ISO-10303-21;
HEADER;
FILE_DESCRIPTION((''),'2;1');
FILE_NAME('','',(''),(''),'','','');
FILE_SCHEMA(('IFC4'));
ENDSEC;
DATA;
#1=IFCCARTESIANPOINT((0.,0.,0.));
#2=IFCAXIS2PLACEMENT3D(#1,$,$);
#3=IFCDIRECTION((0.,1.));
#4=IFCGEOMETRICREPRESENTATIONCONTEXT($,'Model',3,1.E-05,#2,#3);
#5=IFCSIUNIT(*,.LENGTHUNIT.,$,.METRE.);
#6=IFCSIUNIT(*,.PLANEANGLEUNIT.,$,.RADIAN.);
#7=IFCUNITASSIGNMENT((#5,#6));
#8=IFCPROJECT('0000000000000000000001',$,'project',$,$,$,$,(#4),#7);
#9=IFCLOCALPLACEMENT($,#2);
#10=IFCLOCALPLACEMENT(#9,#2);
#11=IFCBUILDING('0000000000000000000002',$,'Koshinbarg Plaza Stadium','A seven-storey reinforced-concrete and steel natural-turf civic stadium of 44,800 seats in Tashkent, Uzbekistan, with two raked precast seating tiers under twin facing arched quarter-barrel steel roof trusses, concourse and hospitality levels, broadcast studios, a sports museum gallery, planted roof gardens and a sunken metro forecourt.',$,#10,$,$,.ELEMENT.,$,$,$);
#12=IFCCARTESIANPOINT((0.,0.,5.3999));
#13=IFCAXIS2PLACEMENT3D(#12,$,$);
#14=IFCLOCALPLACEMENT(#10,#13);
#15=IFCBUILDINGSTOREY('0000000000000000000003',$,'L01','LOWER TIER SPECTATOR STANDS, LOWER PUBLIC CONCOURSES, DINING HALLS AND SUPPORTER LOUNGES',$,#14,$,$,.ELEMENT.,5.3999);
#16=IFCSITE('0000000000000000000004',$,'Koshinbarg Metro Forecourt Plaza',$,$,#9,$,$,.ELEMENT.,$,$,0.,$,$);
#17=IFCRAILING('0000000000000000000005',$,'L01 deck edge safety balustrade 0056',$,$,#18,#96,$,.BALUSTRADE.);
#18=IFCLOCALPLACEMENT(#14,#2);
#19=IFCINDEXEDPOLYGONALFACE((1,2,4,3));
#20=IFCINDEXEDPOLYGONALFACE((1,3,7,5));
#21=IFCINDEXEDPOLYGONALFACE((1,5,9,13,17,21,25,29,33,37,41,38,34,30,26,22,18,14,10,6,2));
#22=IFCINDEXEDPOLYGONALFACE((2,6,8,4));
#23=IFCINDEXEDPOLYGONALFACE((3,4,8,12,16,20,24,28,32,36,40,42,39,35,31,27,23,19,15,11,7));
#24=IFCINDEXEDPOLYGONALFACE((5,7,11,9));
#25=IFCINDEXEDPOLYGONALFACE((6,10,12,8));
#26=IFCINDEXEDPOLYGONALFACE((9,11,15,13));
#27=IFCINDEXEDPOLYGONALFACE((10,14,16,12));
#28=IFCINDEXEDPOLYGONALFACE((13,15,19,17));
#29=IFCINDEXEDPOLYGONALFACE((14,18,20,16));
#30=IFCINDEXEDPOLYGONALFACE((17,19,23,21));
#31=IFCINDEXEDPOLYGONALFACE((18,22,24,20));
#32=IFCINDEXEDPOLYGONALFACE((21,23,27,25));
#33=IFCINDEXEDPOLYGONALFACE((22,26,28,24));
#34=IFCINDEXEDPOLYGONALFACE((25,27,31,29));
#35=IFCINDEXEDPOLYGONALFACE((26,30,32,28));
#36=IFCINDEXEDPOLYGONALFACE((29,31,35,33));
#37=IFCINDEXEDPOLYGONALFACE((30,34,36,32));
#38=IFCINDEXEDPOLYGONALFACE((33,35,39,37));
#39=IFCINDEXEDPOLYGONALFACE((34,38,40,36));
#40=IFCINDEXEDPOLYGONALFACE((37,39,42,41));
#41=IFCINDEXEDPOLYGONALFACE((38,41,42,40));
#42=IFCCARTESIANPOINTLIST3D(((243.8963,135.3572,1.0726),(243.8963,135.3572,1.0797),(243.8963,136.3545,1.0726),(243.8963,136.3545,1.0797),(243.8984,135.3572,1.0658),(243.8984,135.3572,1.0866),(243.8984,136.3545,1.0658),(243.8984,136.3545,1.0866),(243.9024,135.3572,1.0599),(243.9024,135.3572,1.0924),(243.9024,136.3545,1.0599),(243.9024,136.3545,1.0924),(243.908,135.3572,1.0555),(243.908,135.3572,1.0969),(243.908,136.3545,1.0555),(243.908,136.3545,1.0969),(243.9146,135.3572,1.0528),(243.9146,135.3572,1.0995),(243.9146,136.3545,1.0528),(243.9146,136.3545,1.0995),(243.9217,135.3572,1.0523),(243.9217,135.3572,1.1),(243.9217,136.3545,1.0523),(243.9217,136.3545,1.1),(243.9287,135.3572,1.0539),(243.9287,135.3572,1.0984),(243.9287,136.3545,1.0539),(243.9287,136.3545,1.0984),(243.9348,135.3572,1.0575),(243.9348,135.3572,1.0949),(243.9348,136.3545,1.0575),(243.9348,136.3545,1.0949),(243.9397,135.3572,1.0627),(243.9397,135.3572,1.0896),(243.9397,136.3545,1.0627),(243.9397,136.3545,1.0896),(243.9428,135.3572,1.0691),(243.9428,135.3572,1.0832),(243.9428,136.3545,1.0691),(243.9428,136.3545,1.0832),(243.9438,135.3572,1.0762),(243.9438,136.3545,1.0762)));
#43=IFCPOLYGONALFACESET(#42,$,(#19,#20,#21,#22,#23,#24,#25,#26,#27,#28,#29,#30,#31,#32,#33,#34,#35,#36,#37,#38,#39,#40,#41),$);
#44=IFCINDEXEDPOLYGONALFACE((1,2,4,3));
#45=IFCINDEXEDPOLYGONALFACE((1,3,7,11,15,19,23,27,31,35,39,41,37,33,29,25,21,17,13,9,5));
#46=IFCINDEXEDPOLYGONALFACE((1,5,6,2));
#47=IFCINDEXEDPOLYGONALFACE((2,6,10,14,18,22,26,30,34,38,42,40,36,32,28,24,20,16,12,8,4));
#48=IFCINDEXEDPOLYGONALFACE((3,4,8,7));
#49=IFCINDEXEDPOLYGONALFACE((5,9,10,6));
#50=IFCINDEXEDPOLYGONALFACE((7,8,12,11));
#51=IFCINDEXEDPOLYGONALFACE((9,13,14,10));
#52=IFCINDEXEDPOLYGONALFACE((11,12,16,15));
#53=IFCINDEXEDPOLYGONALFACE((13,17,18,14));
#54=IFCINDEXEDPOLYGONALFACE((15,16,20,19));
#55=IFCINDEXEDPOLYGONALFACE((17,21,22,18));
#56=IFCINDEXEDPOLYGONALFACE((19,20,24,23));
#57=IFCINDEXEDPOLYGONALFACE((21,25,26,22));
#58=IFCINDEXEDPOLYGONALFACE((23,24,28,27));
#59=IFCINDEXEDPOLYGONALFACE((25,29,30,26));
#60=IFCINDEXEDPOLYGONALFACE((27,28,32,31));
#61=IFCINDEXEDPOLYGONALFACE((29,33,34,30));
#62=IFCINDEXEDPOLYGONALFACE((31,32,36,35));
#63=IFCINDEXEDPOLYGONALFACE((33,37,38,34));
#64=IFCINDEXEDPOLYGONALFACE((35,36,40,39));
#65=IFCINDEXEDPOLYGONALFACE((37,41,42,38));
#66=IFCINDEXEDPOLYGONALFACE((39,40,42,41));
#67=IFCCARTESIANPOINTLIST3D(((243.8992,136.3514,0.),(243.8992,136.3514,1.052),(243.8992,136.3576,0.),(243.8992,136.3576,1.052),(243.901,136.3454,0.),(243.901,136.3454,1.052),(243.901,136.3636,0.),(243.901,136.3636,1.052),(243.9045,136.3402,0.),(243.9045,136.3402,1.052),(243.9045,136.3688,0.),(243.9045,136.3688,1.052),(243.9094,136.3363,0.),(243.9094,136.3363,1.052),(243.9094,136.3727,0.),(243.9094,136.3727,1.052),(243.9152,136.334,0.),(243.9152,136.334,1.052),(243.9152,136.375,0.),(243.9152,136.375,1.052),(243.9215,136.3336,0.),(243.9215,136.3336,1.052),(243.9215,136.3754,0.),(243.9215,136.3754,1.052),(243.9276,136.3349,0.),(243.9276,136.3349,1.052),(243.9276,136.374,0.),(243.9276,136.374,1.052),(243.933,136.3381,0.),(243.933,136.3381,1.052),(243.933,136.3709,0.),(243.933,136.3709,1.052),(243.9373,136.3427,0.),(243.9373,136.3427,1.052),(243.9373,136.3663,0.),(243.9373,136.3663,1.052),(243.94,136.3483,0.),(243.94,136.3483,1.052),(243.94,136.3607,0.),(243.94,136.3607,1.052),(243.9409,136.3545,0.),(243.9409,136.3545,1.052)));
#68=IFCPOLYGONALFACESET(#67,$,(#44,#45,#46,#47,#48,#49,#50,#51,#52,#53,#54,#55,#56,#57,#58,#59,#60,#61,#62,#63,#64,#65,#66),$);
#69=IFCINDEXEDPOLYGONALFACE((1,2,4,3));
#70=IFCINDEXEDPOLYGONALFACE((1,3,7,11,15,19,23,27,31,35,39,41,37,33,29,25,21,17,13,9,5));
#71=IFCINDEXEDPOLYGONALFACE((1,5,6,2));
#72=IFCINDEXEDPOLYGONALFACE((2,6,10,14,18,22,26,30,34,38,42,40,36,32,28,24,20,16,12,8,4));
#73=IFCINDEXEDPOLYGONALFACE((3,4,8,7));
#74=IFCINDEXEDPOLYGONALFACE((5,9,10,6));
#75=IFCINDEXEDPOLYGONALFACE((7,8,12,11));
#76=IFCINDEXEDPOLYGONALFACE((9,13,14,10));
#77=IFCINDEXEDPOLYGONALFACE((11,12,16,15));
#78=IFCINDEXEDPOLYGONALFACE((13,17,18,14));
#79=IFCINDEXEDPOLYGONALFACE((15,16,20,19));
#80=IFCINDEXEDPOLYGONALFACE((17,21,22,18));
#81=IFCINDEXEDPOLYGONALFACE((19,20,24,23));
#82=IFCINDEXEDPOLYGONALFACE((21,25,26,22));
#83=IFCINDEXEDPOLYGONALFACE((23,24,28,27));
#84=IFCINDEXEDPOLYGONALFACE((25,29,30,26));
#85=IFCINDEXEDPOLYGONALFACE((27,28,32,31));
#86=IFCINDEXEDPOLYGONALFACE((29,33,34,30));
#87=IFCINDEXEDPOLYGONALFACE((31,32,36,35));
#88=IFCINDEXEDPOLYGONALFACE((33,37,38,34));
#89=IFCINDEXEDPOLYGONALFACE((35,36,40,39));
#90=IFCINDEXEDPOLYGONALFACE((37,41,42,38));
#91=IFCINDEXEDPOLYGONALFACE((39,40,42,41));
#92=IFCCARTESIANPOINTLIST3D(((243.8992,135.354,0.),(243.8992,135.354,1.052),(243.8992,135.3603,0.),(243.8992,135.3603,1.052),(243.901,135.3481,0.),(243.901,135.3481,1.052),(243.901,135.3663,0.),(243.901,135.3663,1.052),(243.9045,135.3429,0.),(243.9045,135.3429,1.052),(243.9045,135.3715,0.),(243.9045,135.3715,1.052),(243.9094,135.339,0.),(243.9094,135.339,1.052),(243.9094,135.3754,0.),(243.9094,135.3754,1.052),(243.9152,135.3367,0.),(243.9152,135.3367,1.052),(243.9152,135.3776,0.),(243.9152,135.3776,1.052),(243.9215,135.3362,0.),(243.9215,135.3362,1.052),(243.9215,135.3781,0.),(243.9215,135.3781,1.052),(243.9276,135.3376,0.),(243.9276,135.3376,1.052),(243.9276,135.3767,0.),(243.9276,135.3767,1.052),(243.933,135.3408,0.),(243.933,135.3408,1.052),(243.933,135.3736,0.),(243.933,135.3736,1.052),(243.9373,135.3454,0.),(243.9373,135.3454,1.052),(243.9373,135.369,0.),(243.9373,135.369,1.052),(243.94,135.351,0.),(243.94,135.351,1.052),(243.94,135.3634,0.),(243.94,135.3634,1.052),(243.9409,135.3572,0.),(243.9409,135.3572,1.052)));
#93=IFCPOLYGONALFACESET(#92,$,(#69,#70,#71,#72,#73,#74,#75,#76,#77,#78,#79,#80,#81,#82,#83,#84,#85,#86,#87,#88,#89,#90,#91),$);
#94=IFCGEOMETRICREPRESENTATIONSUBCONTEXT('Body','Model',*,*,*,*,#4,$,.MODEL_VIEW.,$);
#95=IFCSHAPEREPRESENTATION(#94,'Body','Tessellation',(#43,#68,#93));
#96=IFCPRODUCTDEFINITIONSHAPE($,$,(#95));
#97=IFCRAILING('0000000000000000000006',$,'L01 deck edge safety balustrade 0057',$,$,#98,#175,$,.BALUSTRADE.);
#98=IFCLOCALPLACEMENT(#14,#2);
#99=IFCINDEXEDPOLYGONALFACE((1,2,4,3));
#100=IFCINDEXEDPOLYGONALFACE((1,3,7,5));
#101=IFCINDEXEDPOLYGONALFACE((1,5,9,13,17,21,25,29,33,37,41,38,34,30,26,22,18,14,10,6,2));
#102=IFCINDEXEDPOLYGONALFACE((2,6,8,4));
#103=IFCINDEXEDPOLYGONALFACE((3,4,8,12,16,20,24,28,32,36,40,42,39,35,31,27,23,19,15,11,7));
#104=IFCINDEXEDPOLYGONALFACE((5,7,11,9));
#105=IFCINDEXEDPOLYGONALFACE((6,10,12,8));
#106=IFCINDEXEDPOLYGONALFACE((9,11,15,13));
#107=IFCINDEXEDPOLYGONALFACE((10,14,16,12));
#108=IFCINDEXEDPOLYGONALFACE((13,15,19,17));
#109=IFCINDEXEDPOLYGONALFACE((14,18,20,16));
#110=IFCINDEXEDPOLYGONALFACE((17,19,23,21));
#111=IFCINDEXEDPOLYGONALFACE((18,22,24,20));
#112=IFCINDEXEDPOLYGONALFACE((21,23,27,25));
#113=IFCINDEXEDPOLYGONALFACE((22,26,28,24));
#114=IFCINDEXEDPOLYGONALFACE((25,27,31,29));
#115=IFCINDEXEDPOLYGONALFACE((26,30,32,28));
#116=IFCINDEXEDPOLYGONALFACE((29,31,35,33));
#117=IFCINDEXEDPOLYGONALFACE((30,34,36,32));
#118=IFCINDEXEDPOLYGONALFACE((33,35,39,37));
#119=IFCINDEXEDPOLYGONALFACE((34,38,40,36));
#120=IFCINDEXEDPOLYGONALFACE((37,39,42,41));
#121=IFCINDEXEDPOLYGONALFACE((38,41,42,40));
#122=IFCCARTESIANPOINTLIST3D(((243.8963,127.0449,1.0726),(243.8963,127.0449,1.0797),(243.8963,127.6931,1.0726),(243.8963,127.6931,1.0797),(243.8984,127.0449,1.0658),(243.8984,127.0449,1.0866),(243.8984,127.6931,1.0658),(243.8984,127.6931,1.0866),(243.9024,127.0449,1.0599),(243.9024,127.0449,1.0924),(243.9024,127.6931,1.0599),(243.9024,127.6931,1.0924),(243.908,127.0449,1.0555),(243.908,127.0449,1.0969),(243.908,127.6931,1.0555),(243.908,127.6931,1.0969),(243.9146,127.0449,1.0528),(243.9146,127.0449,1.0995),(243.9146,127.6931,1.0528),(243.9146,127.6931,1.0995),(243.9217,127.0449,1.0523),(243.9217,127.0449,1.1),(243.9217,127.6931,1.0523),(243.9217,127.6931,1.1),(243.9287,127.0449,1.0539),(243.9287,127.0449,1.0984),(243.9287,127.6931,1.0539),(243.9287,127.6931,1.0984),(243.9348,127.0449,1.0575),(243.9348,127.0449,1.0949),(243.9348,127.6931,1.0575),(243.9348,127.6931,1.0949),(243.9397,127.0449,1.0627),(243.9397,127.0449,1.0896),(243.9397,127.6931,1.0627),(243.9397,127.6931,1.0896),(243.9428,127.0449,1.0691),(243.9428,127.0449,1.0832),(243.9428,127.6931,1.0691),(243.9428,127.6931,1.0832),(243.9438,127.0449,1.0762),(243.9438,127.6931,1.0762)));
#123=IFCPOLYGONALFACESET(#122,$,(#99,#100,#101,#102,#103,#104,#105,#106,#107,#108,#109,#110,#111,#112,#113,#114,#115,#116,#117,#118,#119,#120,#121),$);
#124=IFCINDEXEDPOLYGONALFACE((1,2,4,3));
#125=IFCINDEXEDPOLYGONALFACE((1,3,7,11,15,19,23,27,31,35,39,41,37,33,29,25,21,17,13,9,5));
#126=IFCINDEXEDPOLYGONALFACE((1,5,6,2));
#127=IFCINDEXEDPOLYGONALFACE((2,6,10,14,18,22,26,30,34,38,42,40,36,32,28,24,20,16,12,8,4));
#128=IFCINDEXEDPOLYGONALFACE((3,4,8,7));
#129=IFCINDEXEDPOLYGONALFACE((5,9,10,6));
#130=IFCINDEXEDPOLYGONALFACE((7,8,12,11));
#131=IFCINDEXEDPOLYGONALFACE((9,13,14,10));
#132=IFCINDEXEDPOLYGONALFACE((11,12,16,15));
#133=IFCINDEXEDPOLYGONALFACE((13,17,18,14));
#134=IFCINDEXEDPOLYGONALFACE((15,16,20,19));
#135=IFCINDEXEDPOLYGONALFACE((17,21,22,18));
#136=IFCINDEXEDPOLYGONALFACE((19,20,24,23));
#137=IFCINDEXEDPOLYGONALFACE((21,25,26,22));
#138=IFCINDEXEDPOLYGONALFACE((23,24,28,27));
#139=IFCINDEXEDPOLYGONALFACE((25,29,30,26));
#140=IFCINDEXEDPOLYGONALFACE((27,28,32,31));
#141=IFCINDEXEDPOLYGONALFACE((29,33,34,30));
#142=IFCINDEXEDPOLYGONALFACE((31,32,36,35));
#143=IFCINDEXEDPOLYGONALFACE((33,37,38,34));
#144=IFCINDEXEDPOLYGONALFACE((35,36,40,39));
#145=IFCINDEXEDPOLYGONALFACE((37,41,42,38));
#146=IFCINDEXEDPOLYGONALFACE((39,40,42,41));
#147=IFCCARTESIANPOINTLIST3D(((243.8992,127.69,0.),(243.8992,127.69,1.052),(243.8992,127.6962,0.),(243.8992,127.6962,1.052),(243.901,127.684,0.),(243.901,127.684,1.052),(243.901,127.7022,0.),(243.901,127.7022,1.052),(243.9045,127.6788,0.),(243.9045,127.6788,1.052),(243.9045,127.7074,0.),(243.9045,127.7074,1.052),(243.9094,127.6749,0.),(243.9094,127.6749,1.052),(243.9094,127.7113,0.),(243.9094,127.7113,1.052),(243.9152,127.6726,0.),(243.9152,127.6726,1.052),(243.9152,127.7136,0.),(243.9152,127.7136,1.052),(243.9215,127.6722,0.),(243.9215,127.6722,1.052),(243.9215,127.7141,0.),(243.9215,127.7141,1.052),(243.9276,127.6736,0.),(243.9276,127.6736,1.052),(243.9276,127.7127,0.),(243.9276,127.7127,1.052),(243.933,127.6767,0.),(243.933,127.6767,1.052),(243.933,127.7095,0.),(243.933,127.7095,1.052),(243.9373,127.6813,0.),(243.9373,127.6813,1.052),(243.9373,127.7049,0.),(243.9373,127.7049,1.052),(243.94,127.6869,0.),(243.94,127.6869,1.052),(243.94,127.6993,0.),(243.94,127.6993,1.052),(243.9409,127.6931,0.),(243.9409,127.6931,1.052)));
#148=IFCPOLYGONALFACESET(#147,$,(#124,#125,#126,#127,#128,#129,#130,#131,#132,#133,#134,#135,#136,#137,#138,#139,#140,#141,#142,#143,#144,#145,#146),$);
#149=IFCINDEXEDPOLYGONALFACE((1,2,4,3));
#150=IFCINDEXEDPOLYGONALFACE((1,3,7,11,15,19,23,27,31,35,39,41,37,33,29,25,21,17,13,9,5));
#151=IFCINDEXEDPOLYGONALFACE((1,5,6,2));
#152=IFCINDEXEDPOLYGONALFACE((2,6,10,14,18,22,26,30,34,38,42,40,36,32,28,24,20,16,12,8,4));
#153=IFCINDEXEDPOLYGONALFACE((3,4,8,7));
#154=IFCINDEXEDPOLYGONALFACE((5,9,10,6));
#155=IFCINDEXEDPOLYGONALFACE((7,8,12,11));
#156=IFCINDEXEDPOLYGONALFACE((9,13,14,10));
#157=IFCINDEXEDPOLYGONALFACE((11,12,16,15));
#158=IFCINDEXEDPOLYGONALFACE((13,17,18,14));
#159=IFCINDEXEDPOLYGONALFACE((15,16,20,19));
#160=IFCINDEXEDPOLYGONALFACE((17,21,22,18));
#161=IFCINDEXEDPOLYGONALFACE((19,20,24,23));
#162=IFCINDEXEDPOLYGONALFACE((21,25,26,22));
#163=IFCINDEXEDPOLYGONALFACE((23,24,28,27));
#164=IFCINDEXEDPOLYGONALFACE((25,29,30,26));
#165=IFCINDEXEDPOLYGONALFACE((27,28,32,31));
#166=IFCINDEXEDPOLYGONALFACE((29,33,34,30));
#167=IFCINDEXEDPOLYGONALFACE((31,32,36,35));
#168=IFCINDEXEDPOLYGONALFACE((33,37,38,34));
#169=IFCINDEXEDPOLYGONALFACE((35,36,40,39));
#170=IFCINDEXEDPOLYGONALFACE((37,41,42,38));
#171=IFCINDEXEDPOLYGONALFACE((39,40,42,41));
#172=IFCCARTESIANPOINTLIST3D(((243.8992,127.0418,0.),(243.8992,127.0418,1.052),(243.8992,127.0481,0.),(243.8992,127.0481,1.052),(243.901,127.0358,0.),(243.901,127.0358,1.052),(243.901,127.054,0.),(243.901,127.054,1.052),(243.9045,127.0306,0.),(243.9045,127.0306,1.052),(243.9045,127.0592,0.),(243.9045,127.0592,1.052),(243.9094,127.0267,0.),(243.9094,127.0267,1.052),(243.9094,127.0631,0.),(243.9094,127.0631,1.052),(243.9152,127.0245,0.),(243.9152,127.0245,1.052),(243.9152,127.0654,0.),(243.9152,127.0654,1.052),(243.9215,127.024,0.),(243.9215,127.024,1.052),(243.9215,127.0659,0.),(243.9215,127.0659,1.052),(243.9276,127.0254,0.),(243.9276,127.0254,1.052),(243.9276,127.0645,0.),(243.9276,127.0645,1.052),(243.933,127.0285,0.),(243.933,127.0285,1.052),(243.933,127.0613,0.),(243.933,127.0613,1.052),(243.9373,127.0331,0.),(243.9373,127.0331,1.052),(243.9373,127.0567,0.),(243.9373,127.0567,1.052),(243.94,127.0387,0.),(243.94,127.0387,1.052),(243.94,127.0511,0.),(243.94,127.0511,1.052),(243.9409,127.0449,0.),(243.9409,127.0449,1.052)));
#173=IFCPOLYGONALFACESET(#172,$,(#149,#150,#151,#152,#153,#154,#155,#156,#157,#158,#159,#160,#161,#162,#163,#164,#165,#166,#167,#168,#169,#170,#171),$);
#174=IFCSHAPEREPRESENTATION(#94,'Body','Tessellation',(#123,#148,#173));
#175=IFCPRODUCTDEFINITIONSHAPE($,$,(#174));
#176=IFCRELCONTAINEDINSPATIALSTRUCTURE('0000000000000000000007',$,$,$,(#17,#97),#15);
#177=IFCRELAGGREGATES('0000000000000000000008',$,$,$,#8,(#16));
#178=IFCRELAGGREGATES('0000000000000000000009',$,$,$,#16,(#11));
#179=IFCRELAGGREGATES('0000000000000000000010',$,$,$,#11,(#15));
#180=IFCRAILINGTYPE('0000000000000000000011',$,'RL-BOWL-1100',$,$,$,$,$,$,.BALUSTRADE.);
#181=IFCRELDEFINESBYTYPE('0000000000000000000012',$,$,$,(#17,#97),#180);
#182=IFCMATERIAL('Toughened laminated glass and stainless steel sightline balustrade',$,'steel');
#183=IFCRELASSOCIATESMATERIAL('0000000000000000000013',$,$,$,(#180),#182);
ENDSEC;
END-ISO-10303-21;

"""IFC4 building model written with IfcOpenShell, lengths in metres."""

from ifc_helpers import new_model, si_unit, direction, frame, origin, origin_2d, place, context, subcontext, project, spatial, circle, extrude, material, type_object, element, save


model = new_model("IFC4")

# Units and contexts
model_context = context("Model", 3, precision=1e-05, world=origin(), true_north=direction((0.0, 1.0)))
body_context = subcontext(model_context, "Body", "Model", "MODEL_VIEW")
ifc_project = project(units=[si_unit("LENGTHUNIT", "METRE"), si_unit("PLANEANGLEUNIT", "RADIAN")], contexts=[model_context])

# Site, building, storey
site_placement = place(None, origin())
site = spatial("IfcSite", under=ifc_project, at=site_placement, Name="Koshinbarg Metro Forecourt Plaza", CompositionType="ELEMENT", RefElevation=0.0)
building_placement = place(site_placement, origin())
building = spatial("IfcBuilding", under=site, at=building_placement, Name="Koshinbarg Plaza Stadium", Description="A seven-storey reinforced-concrete and steel natural-turf civic stadium of 44,800 seats in Tashkent, Uzbekistan, with two raked precast seating tiers under twin facing arched quarter-barrel steel roof trusses, concourse and hospitality levels, broadcast studios, a sports museum gallery, planted roof gardens and a sunken metro forecourt.", CompositionType="ELEMENT")
storey_placement = place(building_placement, frame((0.0, 0.0, 5.3999)))
storey = spatial("IfcBuildingStorey", under=building, at=storey_placement, Name="L01", Description="LOWER TIER SPECTATOR STANDS, LOWER PUBLIC CONCOURSES, DINING HALLS AND SUPPORTER LOUNGES", CompositionType="ELEMENT", Elevation=5.3999)

# Railings
ifc_material_1 = material(Name="Toughened laminated glass and stainless steel sightline balustrade", Category="steel")
railing_type = type_object("IfcRailingType", Name="RL-BOWL-1100", PredefinedType="BALUSTRADE", material=ifc_material_1)
railing_1_placement = place(storey_placement, frame((243.9199, 136.3545, 0.0)))
element("IfcRailing", 1, at=railing_1_placement, inside=storey, type_object=railing_type, Name="L01 deck edge safety balustrade 0056", PredefinedType="BALUSTRADE", context=body_context, shape_type="SweptSolid", body=[
    extrude(circle(Radius=0.0239, at=origin_2d()), frame((0.0, 0.0, 1.0762), z_axis=(0.0, -1.0, 0.0), x_axis=(1.0, 0.0, 0.0)), (0.0, 0.0, 1.0), 0.9973),
    extrude(circle(Radius=0.021, at=origin_2d()), origin(), (0.0, 0.0, 1.0), 1.052),
    extrude(circle(Radius=0.021, at=origin_2d()), frame((0.0, -0.9973, 0.0)), (0.0, 0.0, 1.0), 1.052),
])
railing_2_placement = place(storey_placement, frame((243.9199, 127.6931, 0.0)))
element("IfcRailing", 2, at=railing_2_placement, inside=storey, type_object=railing_type, Name="L01 deck edge safety balustrade 0057", PredefinedType="BALUSTRADE", context=body_context, shape_type="SweptSolid", body=[
    extrude(circle(Radius=0.0239, at=origin_2d()), frame((0.0, 0.0, 1.0762), z_axis=(0.0, -1.0, 0.0), x_axis=(1.0, 0.0, 0.0)), (0.0, 0.0, 1.0), 0.6482),
    extrude(circle(Radius=0.021, at=origin_2d()), origin(), (0.0, 0.0, 1.0), 1.052),
    extrude(circle(Radius=0.021, at=origin_2d()), frame((0.0, -0.6482, 0.0)), (0.0, 0.0, 1.0), 1.052),
])

save(model, "model.ifc")
